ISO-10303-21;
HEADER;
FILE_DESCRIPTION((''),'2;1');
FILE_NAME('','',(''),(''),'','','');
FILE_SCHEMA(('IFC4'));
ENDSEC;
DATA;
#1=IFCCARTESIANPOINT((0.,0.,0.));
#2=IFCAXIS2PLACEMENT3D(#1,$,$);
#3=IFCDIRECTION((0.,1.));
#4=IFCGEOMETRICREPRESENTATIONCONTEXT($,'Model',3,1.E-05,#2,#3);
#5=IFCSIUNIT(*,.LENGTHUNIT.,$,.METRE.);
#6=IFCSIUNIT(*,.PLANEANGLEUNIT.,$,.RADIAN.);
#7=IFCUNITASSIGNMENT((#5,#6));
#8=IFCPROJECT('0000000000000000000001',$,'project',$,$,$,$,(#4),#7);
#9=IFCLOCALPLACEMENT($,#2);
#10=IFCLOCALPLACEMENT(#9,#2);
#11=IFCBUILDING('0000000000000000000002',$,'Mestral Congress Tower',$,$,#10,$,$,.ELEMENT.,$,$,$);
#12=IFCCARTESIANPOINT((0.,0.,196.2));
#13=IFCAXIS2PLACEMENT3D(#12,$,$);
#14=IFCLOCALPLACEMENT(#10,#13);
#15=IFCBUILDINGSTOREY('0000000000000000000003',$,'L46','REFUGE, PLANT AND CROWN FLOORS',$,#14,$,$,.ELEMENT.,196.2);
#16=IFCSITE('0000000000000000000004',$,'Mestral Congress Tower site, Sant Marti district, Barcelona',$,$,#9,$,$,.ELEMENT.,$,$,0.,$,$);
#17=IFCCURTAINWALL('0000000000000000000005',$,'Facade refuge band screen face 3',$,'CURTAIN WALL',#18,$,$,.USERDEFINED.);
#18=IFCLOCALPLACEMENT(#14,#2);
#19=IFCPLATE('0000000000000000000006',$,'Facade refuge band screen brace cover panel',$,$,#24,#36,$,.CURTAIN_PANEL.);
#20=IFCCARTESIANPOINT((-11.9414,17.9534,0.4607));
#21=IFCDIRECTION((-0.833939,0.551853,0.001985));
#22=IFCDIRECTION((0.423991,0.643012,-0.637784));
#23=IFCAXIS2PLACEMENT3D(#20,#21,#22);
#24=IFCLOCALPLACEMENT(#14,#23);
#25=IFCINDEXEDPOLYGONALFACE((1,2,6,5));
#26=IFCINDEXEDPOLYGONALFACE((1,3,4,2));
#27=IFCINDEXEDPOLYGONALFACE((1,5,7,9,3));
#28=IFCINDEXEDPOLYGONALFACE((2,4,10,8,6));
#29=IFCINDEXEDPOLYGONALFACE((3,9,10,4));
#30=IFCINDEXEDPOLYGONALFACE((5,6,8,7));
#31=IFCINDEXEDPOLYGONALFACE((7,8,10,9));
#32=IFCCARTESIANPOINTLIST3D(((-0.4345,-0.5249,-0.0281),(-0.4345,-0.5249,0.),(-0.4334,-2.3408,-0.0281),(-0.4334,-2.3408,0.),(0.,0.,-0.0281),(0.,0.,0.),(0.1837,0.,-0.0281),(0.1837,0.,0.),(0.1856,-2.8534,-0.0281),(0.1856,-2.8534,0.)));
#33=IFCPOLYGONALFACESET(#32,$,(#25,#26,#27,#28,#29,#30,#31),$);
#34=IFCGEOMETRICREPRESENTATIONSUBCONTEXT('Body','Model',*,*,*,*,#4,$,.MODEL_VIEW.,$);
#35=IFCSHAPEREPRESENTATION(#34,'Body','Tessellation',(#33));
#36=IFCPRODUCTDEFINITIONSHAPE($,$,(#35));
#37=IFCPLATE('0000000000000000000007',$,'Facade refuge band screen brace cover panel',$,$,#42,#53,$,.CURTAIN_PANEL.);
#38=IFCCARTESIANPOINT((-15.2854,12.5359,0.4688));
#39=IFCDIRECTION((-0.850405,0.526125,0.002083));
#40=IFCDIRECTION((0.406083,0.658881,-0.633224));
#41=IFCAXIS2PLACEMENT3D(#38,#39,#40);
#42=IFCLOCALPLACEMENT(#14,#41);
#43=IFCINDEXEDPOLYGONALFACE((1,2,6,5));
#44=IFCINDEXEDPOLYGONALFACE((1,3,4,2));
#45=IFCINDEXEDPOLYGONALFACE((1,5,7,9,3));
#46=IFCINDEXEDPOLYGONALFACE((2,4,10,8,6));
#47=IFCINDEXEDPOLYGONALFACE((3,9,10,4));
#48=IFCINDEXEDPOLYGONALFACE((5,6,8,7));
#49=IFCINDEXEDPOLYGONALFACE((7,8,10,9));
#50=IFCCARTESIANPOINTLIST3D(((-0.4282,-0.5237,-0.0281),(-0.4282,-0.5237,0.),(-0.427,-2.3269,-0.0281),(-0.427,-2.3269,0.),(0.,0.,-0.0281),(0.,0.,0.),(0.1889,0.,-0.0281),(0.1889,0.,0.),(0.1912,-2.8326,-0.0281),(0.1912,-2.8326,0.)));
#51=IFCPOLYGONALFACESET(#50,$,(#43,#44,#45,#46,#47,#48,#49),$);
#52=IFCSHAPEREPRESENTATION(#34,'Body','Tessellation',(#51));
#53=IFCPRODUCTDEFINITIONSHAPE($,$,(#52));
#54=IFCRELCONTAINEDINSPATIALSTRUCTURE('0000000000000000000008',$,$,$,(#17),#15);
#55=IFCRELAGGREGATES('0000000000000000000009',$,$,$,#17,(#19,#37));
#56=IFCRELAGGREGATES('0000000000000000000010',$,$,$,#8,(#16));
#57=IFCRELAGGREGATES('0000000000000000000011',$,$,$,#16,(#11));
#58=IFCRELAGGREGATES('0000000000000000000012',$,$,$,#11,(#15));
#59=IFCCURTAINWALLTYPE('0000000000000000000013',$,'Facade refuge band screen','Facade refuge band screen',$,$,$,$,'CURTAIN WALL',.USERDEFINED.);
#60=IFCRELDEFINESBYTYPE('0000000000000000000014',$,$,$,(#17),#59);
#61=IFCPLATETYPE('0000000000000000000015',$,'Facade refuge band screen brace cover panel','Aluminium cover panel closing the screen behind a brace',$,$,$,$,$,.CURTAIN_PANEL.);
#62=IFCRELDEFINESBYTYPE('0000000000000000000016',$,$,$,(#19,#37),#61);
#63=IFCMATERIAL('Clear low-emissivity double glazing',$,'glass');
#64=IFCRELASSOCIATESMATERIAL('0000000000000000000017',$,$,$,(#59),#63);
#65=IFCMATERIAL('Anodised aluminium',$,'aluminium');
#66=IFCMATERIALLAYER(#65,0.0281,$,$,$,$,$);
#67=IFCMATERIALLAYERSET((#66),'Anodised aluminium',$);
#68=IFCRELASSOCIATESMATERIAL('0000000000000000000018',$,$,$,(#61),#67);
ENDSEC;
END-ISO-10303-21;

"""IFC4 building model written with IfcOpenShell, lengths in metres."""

from ifc_helpers import new_model, si_unit, direction, frame, origin, place, context, subcontext, project, spatial, polyline, outline, extrude, material, layer, layer_set, type_object, element, aggregate, save


model = new_model("IFC4")

# Units and contexts
model_context = context("Model", 3, precision=1e-05, world=origin(), true_north=direction((0.0, 1.0)))
body_context = subcontext(model_context, "Body", "Model", "MODEL_VIEW")
ifc_project = project(units=[si_unit("LENGTHUNIT", "METRE"), si_unit("PLANEANGLEUNIT", "RADIAN")], contexts=[model_context])

# Site, building, storey
site_placement = place(None, origin())
site = spatial("IfcSite", under=ifc_project, at=site_placement, Name="Mestral Congress Tower site, Sant Marti district, Barcelona", CompositionType="ELEMENT", RefElevation=0.0)
building_placement = place(site_placement, origin())
building = spatial("IfcBuilding", under=site, at=building_placement, Name="Mestral Congress Tower", CompositionType="ELEMENT")
storey_placement = place(building_placement, frame((0.0, 0.0, 196.2)))
storey = spatial("IfcBuildingStorey", under=building, at=storey_placement, Name="L46", Description="REFUGE, PLANT AND CROWN FLOORS", CompositionType="ELEMENT", Elevation=196.2)

# Curtain wall
ifc_material_1 = material(Name="Clear low-emissivity double glazing", Category="glass")
curtain_wall_type = type_object("IfcCurtainWallType", Name="Facade refuge band screen", Description="Facade refuge band screen", ElementType="CURTAIN WALL", PredefinedType="USERDEFINED", material=ifc_material_1)
curtain_wall_placement = place(storey_placement, origin())
curtain_wall = element("IfcCurtainWall", 1, at=curtain_wall_placement, inside=storey, type_object=curtain_wall_type, Name="Facade refuge band screen face 3", ObjectType="CURTAIN WALL", PredefinedType="USERDEFINED")
ifc_material_2 = material(Name="Anodised aluminium", Category="aluminium")

# Plates
ifc_layer_1 = layer(ifc_material_2, 0.0281)
ifc_layer_set_1 = layer_set([ifc_layer_1], Name="Anodised aluminium")
plate_type_1 = type_object("IfcPlateType", Name="Facade refuge band screen brace cover panel", Description="Aluminium cover panel closing the screen behind a brace", PredefinedType="CURTAIN_PANEL", material=ifc_layer_set_1)
plate_1_placement = place(storey_placement, frame((-11.9414, 17.9534, 0.4607), z_axis=(-0.833939, 0.551853, 0.001985), x_axis=(0.423991, 0.643012, -0.637784)))
plate_1 = element("IfcPlate", 2, at=plate_1_placement, type_object=plate_type_1, Name="Facade refuge band screen brace cover panel", PredefinedType="CURTAIN_PANEL", context=body_context, shape_type="SweptSolid", body=[
    extrude(outline(polyline([(0.0, 0.0), (0.1837, 0.0), (0.1856, -2.8534), (-0.4334, -2.3408), (-0.4345, -0.5249), (0.0, 0.0)])), origin(), (0.0, 0.0, -1.0), 0.0281),
])
plate_2_placement = place(storey_placement, frame((-15.2854, 12.5359, 0.4688), z_axis=(-0.850405, 0.526125, 0.002083), x_axis=(0.406083, 0.658881, -0.633224)))
plate_2 = element("IfcPlate", 3, at=plate_2_placement, type_object=plate_type_1, Name="Facade refuge band screen brace cover panel", PredefinedType="CURTAIN_PANEL", context=body_context, shape_type="SweptSolid", body=[
    extrude(outline(polyline([(0.0, 0.0), (0.1889, 0.0), (0.1912, -2.8326), (-0.427, -2.3269), (-0.4282, -0.5237), (0.0, 0.0)])), origin(), (0.0, 0.0, -1.0), 0.0281),
])
aggregate(curtain_wall, [plate_1, plate_2])

save(model, "model.ifc")
